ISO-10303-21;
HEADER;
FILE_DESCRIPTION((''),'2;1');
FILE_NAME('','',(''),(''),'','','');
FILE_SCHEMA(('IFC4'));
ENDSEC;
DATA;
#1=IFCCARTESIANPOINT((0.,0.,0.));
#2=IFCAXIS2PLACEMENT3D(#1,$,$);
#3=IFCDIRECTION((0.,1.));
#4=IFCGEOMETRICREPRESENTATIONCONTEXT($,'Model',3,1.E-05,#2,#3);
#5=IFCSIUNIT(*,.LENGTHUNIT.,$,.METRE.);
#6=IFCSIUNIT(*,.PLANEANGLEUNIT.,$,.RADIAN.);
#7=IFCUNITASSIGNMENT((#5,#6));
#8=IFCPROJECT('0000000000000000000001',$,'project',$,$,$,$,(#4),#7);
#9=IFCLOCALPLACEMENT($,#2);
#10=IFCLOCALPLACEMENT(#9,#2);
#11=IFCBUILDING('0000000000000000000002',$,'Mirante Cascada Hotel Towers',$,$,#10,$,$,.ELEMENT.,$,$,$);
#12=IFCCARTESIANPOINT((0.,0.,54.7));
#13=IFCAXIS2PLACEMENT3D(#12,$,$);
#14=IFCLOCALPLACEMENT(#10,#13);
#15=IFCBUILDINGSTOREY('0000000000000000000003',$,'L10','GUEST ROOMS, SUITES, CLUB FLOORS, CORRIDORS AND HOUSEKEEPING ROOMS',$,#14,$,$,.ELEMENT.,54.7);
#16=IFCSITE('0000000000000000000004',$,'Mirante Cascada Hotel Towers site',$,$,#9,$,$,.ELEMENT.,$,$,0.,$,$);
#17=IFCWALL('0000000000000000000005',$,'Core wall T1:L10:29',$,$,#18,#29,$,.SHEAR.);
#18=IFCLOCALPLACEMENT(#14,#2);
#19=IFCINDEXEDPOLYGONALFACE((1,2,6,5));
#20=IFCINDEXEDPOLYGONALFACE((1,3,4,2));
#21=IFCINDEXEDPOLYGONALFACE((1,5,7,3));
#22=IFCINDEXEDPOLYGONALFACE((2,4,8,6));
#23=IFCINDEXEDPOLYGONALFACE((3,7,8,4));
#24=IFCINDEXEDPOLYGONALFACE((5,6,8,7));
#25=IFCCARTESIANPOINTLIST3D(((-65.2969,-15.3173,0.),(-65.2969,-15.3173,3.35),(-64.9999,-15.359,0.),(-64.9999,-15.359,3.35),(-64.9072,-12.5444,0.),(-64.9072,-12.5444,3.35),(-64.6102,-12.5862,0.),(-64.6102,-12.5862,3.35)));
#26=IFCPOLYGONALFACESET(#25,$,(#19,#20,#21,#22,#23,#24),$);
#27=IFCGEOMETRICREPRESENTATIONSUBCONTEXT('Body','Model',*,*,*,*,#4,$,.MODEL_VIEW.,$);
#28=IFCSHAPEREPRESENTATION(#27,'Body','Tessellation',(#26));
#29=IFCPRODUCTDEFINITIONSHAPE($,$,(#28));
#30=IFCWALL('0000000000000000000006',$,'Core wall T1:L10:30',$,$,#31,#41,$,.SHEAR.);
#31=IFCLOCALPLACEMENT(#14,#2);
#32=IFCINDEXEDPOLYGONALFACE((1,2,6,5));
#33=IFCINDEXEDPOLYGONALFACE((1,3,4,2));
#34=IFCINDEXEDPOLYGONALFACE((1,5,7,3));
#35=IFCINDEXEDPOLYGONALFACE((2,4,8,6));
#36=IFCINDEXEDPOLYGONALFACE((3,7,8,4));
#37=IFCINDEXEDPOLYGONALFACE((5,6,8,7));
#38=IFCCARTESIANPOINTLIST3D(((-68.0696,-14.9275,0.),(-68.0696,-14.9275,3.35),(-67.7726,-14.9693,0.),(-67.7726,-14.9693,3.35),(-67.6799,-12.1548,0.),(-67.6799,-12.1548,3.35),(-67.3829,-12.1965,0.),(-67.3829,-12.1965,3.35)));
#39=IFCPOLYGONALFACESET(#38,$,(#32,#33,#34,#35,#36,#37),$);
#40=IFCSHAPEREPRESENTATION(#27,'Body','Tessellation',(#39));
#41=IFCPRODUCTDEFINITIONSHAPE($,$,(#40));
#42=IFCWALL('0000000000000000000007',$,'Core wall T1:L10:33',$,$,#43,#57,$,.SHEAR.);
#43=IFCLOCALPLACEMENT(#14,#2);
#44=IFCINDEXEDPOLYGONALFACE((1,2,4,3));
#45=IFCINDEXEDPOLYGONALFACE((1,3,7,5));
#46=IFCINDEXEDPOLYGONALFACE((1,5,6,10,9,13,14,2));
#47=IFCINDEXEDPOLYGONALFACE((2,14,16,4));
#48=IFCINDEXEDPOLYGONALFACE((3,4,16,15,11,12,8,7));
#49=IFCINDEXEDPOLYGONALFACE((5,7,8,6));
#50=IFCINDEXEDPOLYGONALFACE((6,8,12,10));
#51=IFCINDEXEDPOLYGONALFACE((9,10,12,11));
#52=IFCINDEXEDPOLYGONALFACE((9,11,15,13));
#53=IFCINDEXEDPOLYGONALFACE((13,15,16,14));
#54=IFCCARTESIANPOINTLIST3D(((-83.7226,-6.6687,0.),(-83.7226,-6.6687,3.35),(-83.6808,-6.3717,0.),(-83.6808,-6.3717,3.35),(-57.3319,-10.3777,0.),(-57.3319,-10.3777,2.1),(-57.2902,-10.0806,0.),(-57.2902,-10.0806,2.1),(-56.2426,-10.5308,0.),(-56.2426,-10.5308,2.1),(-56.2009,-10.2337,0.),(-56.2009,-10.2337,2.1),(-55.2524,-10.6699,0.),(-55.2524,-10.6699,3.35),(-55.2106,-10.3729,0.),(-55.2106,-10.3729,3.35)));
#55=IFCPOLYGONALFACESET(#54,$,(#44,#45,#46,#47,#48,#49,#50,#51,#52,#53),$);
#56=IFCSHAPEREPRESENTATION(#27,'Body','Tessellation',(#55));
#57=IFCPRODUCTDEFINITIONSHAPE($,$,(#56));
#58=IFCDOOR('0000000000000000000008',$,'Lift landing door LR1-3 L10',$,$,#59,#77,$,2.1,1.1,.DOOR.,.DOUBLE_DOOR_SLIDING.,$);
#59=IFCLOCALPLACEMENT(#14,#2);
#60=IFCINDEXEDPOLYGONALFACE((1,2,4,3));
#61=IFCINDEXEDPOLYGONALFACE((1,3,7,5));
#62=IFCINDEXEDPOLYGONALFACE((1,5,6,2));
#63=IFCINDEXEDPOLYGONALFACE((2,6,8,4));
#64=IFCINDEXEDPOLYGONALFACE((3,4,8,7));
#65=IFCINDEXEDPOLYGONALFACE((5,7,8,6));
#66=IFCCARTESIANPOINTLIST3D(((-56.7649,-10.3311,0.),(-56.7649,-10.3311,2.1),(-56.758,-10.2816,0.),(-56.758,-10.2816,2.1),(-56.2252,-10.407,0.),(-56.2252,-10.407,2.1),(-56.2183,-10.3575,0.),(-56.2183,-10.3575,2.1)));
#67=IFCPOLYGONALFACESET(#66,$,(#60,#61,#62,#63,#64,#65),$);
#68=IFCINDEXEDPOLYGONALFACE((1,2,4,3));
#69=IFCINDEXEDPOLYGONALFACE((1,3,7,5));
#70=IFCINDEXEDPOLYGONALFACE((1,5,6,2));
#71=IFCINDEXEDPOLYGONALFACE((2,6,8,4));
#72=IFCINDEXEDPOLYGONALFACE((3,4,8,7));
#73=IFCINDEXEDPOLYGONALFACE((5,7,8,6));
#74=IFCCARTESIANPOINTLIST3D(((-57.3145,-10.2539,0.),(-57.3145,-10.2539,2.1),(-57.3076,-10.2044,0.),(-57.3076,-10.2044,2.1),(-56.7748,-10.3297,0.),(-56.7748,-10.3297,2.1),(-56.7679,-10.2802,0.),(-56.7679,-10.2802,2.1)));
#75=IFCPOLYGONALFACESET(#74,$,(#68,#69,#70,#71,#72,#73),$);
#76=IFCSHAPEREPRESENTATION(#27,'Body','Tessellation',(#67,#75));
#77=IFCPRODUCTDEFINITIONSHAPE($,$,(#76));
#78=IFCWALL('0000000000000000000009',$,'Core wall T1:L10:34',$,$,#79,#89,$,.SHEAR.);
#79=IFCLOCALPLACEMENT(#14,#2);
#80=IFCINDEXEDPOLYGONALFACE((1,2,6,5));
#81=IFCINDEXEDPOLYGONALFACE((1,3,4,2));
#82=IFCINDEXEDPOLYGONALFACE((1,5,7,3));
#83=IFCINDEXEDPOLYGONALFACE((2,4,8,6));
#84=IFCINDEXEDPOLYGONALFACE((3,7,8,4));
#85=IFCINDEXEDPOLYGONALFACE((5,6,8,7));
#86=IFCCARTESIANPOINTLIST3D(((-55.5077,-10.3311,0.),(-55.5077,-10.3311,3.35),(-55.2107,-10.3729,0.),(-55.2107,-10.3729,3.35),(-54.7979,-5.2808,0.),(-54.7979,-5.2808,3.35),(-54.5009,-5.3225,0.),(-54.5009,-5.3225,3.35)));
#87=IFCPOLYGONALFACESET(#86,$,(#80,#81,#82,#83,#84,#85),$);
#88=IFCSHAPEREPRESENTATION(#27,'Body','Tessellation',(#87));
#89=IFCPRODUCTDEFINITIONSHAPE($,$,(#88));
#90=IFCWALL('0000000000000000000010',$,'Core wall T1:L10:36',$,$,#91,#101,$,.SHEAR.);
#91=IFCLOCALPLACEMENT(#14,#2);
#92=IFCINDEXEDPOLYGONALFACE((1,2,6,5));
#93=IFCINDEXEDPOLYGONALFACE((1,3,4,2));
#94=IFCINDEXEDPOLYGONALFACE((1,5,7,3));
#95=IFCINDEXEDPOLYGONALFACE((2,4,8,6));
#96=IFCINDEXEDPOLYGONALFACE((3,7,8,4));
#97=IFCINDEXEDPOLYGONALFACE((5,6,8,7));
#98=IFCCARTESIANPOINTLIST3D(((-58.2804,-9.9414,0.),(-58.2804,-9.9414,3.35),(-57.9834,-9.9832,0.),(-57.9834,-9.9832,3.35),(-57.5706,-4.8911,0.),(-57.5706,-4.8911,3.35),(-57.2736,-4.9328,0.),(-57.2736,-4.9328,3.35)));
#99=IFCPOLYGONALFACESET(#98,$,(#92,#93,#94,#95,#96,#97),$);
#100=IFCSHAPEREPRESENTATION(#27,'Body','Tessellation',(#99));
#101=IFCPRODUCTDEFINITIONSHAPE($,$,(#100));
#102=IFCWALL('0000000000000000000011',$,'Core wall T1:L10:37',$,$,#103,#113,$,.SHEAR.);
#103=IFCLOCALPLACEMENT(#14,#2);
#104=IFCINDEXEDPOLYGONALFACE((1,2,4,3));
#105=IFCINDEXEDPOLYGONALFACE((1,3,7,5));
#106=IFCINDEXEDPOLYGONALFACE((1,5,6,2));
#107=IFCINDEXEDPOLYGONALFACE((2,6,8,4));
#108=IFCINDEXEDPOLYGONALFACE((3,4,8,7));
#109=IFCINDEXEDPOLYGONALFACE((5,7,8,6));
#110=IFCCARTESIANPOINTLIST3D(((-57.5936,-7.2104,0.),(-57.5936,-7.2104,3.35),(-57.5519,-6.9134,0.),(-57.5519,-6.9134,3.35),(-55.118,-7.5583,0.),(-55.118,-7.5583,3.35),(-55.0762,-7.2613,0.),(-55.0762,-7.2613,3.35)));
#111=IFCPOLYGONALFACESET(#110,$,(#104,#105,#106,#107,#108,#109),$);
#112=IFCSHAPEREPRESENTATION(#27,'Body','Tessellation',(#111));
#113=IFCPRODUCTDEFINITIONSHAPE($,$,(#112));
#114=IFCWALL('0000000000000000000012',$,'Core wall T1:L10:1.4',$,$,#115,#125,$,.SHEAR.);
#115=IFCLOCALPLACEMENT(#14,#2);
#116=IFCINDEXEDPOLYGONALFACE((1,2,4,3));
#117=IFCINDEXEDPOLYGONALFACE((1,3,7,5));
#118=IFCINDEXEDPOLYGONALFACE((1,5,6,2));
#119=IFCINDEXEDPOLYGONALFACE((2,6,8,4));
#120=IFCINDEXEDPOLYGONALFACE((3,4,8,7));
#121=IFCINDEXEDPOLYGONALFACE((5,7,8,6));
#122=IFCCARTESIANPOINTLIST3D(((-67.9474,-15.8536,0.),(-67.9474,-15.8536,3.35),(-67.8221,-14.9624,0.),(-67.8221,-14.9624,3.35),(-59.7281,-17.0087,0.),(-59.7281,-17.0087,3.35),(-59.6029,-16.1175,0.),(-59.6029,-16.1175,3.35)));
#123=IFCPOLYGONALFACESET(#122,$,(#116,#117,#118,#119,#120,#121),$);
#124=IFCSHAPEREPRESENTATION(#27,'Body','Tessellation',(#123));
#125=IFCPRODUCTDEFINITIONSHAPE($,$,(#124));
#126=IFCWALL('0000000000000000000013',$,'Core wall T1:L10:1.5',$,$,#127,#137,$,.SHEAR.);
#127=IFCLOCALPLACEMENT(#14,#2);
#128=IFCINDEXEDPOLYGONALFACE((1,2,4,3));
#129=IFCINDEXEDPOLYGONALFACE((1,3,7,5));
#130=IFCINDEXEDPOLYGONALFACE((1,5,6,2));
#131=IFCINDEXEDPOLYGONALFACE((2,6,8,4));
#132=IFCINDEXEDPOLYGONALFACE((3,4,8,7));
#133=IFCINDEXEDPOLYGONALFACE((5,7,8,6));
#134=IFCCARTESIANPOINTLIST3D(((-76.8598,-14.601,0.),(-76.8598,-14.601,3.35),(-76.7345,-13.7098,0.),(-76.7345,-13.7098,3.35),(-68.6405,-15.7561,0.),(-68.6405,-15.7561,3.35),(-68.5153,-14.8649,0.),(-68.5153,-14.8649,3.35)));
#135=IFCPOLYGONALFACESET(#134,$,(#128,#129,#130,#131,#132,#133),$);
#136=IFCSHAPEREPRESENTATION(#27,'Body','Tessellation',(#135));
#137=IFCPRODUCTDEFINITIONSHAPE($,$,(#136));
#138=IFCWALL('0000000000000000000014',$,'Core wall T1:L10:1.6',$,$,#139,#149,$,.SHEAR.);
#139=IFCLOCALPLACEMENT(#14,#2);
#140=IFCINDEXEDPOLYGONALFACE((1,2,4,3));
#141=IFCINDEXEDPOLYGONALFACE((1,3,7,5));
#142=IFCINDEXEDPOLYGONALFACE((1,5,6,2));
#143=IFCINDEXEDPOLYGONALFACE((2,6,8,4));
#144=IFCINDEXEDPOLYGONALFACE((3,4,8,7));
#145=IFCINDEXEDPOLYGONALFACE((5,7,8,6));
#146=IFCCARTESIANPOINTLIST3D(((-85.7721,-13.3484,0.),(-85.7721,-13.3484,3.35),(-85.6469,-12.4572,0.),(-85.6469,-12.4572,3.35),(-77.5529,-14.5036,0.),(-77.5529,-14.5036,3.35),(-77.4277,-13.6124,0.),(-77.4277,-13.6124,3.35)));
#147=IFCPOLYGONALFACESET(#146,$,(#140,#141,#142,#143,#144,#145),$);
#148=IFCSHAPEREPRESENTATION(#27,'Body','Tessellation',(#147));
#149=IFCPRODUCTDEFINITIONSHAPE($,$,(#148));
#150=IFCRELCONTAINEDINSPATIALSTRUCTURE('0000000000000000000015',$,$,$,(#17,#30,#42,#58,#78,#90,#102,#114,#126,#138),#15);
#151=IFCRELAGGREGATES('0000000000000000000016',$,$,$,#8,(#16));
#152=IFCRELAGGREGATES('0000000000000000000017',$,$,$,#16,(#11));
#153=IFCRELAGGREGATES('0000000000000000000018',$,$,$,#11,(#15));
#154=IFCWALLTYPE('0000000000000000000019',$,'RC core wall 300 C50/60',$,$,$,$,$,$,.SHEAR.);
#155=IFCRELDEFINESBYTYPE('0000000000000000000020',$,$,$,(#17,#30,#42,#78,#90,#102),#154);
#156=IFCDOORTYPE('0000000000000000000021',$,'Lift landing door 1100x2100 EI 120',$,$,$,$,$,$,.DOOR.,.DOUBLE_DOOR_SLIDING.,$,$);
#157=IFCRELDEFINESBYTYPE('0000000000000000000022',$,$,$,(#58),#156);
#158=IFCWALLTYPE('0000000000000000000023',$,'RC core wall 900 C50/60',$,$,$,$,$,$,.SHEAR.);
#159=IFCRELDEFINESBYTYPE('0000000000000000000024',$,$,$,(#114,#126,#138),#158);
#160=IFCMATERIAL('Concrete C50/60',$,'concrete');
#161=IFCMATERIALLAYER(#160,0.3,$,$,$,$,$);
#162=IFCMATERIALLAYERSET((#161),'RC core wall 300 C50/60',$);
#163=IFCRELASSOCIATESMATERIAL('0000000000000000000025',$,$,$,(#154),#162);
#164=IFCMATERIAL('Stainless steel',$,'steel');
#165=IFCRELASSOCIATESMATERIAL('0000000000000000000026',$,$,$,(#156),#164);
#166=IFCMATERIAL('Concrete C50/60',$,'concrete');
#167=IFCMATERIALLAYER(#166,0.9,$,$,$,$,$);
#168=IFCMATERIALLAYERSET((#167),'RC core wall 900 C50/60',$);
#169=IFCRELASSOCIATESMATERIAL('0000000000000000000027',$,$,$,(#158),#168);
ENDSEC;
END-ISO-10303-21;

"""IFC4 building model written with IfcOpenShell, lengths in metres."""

from ifc_helpers import new_model, si_unit, direction, frame, frame_2d, origin, place, context, subcontext, project, spatial, rectangle, extrude, material, layer, layer_set, type_object, element, fill, save


model = new_model("IFC4")

# Units and contexts
model_context = context("Model", 3, precision=1e-05, world=origin(), true_north=direction((0.0, 1.0)))
body_context = subcontext(model_context, "Body", "Model", "MODEL_VIEW")
ifc_project = project(units=[si_unit("LENGTHUNIT", "METRE"), si_unit("PLANEANGLEUNIT", "RADIAN")], contexts=[model_context])

# Site, building, storey
site_placement = place(None, origin())
site = spatial("IfcSite", under=ifc_project, at=site_placement, Name="Mirante Cascada Hotel Towers site", CompositionType="ELEMENT", RefElevation=0.0)
building_placement = place(site_placement, origin())
building = spatial("IfcBuilding", under=site, at=building_placement, Name="Mirante Cascada Hotel Towers", CompositionType="ELEMENT")
storey_placement = place(building_placement, frame((0.0, 0.0, 54.7)))
storey = spatial("IfcBuildingStorey", under=building, at=storey_placement, Name="L10", Description="GUEST ROOMS, SUITES, CLUB FLOORS, CORRIDORS AND HOUSEKEEPING ROOMS", CompositionType="ELEMENT", Elevation=54.7)

# Walls
ifc_material_1 = material(Name="Concrete C50/60", Category="concrete")
ifc_layer_1 = layer(ifc_material_1, 0.3)
ifc_layer_set_1 = layer_set([ifc_layer_1], Name="RC core wall 300 C50/60")
wall_type_1 = type_object("IfcWallType", Name="RC core wall 300 C50/60", PredefinedType="SHEAR", material=ifc_layer_set_1)
for number, where, z_axis, x_axis, name in (
    (1, (-65.1484, -15.3381, 0.0), (0.0, 0.0, 1.0), (0.139176, 0.990268, 0.0), "Core wall T1:L10:29"),
):
    element("IfcWall", number, at=place(storey_placement, frame(where, z_axis=z_axis, x_axis=x_axis)), inside=storey, type_object=wall_type_1, Name=name, PredefinedType="SHEAR", context=body_context, shape_type="SweptSolid", body=[
        extrude(rectangle(XDim=2.8001, YDim=0.3, at=frame_2d((1.4, 0.0))), origin(), (0.0, 0.0, 1.0), 3.35),
    ])
wall_1_placement = place(storey_placement, frame((-67.9211, -14.9484, 0.0), z_axis=(0.0, 0.0, 1.0), x_axis=(0.139181, 0.990267, 0.0)))
element("IfcWall", 2, at=wall_1_placement, inside=storey, type_object=wall_type_1, Name="Core wall T1:L10:30", PredefinedType="SHEAR", context=body_context, shape_type="SweptSolid", body=[
    extrude(rectangle(XDim=2.8, YDim=0.3, at=frame_2d((1.4, 0.0))), origin(), (0.0, 0.0, 1.0), 3.35),
])

# Wall, opening, door
wall_2_placement = place(storey_placement, frame((-55.2315, -10.5214, 0.0), z_axis=(0.0, 0.0, 1.0), x_axis=(-0.990268, 0.139172, 0.0)))
wall_2 = element("IfcWall", 3, at=wall_2_placement, inside=storey, type_object=wall_type_1, Name="Core wall T1:L10:33", PredefinedType="SHEAR", context=body_context, shape_type="SweptSolid", body=[
    extrude(rectangle(XDim=28.75, YDim=0.3, at=frame_2d((14.375, 0.0))), origin(), (0.0, 0.0, 1.0), 3.35),
])
opening_1_placement = place(wall_2_placement, frame((1.0, 0.0, 0.0)))
opening_1 = element("IfcOpeningElement", 4, at=opening_1_placement, cuts=wall_2, PredefinedType="OPENING", context=body_context, shape_type="SweptSolid", body=[
    extrude(rectangle(XDim=1.1, YDim=2.1, at=frame_2d((0.55, 1.05))), frame((0.0, 0.15, 0.0), z_axis=(0.0, -1.0, 0.0), x_axis=(1.0, 0.0, 0.0)), (0.0, 0.0, 1.0), 0.3),
])
ifc_material_2 = material(Name="Stainless steel", Category="steel")
door_type_1 = type_object("IfcDoorType", Name="Lift landing door 1100x2100 EI 120", OperationType="DOUBLE_DOOR_SLIDING", PredefinedType="DOOR", material=ifc_material_2)
door_1_placement = place(opening_1_placement, origin())
door_1 = element("IfcDoor", 5, at=door_1_placement, inside=storey, type_object=door_type_1, Name="Lift landing door LR1-3 L10", OperationType="DOUBLE_DOOR_SLIDING", OverallHeight=2.1, OverallWidth=1.1, PredefinedType="DOOR", context=body_context, shape_type="SweptSolid", body=[
    extrude(rectangle(XDim=0.545, YDim=2.1, at=frame_2d((0.2725, 1.05))), frame((0.0, 0.025, 0.0), z_axis=(0.0, -1.0, 0.0), x_axis=(1.0, 0.0, 0.0)), (0.0, 0.0, 1.0), 0.05),
    extrude(rectangle(XDim=0.545, YDim=2.1, at=frame_2d((0.8275, 1.05))), frame((0.0, 0.025, 0.0), z_axis=(0.0, -1.0, 0.0), x_axis=(1.0, 0.0, 0.0)), (0.0, 0.0, 1.0), 0.05),
])
fill(opening_1, door_1)

# Walls
for number, where, z_axis, x_axis, name in (
    (6, (-55.3592, -10.352, 0.0), (0.0, 0.0, 1.0), (0.139176, 0.990268, 0.0), "Core wall T1:L10:34"),
    (7, (-58.1319, -9.9623, 0.0), (0.0, 0.0, 1.0), (0.139176, 0.990268, 0.0), "Core wall T1:L10:36"),
):
    element("IfcWall", number, at=place(storey_placement, frame(where, z_axis=z_axis, x_axis=x_axis)), inside=storey, type_object=wall_type_1, Name=name, PredefinedType="SHEAR", context=body_context, shape_type="SweptSolid", body=[
        extrude(rectangle(XDim=5.1, YDim=0.3, at=frame_2d((2.55, 0.0))), origin(), (0.0, 0.0, 1.0), 3.35),
    ])
wall_3_placement = place(storey_placement, frame((-55.0971, -7.4098, 0.0), z_axis=(0.0, 0.0, 1.0), x_axis=(-0.99027, 0.139159, 0.0)))
element("IfcWall", 8, at=wall_3_placement, inside=storey, type_object=wall_type_1, Name="Core wall T1:L10:37", PredefinedType="SHEAR", context=body_context, shape_type="SweptSolid", body=[
    extrude(rectangle(XDim=2.5, YDim=0.3, at=frame_2d((1.25, 0.0))), origin(), (0.0, 0.0, 1.0), 3.35),
])
ifc_material_3 = material(Name="Concrete C50/60", Category="concrete")
ifc_layer_2 = layer(ifc_material_3, 0.9)
ifc_layer_set_2 = layer_set([ifc_layer_2], Name="RC core wall 900 C50/60")
wall_type_2 = type_object("IfcWallType", Name="RC core wall 900 C50/60", PredefinedType="SHEAR", material=ifc_layer_set_2)
for number, where, z_axis, x_axis, name in (
    (9, (-59.6655, -16.5631, 0.0), (0.0, 0.0, 1.0), (-0.990269, 0.139169, 0.0), "Core wall T1:L10:1.4"),
    (10, (-68.5779, -15.3105, 0.0), (0.0, 0.0, 1.0), (-0.990269, 0.139169, 0.0), "Core wall T1:L10:1.5"),
    (11, (-77.4903, -14.058, 0.0), (0.0, 0.0, 1.0), (-0.990267, 0.139181, 0.0), "Core wall T1:L10:1.6"),
):
    element("IfcWall", number, at=place(storey_placement, frame(where, z_axis=z_axis, x_axis=x_axis)), inside=storey, type_object=wall_type_2, Name=name, PredefinedType="SHEAR", context=body_context, shape_type="SweptSolid", body=[
        extrude(rectangle(XDim=8.3, YDim=0.9, at=frame_2d((4.15, 0.0))), origin(), (0.0, 0.0, 1.0), 3.35),
    ])

save(model, "model.ifc")
